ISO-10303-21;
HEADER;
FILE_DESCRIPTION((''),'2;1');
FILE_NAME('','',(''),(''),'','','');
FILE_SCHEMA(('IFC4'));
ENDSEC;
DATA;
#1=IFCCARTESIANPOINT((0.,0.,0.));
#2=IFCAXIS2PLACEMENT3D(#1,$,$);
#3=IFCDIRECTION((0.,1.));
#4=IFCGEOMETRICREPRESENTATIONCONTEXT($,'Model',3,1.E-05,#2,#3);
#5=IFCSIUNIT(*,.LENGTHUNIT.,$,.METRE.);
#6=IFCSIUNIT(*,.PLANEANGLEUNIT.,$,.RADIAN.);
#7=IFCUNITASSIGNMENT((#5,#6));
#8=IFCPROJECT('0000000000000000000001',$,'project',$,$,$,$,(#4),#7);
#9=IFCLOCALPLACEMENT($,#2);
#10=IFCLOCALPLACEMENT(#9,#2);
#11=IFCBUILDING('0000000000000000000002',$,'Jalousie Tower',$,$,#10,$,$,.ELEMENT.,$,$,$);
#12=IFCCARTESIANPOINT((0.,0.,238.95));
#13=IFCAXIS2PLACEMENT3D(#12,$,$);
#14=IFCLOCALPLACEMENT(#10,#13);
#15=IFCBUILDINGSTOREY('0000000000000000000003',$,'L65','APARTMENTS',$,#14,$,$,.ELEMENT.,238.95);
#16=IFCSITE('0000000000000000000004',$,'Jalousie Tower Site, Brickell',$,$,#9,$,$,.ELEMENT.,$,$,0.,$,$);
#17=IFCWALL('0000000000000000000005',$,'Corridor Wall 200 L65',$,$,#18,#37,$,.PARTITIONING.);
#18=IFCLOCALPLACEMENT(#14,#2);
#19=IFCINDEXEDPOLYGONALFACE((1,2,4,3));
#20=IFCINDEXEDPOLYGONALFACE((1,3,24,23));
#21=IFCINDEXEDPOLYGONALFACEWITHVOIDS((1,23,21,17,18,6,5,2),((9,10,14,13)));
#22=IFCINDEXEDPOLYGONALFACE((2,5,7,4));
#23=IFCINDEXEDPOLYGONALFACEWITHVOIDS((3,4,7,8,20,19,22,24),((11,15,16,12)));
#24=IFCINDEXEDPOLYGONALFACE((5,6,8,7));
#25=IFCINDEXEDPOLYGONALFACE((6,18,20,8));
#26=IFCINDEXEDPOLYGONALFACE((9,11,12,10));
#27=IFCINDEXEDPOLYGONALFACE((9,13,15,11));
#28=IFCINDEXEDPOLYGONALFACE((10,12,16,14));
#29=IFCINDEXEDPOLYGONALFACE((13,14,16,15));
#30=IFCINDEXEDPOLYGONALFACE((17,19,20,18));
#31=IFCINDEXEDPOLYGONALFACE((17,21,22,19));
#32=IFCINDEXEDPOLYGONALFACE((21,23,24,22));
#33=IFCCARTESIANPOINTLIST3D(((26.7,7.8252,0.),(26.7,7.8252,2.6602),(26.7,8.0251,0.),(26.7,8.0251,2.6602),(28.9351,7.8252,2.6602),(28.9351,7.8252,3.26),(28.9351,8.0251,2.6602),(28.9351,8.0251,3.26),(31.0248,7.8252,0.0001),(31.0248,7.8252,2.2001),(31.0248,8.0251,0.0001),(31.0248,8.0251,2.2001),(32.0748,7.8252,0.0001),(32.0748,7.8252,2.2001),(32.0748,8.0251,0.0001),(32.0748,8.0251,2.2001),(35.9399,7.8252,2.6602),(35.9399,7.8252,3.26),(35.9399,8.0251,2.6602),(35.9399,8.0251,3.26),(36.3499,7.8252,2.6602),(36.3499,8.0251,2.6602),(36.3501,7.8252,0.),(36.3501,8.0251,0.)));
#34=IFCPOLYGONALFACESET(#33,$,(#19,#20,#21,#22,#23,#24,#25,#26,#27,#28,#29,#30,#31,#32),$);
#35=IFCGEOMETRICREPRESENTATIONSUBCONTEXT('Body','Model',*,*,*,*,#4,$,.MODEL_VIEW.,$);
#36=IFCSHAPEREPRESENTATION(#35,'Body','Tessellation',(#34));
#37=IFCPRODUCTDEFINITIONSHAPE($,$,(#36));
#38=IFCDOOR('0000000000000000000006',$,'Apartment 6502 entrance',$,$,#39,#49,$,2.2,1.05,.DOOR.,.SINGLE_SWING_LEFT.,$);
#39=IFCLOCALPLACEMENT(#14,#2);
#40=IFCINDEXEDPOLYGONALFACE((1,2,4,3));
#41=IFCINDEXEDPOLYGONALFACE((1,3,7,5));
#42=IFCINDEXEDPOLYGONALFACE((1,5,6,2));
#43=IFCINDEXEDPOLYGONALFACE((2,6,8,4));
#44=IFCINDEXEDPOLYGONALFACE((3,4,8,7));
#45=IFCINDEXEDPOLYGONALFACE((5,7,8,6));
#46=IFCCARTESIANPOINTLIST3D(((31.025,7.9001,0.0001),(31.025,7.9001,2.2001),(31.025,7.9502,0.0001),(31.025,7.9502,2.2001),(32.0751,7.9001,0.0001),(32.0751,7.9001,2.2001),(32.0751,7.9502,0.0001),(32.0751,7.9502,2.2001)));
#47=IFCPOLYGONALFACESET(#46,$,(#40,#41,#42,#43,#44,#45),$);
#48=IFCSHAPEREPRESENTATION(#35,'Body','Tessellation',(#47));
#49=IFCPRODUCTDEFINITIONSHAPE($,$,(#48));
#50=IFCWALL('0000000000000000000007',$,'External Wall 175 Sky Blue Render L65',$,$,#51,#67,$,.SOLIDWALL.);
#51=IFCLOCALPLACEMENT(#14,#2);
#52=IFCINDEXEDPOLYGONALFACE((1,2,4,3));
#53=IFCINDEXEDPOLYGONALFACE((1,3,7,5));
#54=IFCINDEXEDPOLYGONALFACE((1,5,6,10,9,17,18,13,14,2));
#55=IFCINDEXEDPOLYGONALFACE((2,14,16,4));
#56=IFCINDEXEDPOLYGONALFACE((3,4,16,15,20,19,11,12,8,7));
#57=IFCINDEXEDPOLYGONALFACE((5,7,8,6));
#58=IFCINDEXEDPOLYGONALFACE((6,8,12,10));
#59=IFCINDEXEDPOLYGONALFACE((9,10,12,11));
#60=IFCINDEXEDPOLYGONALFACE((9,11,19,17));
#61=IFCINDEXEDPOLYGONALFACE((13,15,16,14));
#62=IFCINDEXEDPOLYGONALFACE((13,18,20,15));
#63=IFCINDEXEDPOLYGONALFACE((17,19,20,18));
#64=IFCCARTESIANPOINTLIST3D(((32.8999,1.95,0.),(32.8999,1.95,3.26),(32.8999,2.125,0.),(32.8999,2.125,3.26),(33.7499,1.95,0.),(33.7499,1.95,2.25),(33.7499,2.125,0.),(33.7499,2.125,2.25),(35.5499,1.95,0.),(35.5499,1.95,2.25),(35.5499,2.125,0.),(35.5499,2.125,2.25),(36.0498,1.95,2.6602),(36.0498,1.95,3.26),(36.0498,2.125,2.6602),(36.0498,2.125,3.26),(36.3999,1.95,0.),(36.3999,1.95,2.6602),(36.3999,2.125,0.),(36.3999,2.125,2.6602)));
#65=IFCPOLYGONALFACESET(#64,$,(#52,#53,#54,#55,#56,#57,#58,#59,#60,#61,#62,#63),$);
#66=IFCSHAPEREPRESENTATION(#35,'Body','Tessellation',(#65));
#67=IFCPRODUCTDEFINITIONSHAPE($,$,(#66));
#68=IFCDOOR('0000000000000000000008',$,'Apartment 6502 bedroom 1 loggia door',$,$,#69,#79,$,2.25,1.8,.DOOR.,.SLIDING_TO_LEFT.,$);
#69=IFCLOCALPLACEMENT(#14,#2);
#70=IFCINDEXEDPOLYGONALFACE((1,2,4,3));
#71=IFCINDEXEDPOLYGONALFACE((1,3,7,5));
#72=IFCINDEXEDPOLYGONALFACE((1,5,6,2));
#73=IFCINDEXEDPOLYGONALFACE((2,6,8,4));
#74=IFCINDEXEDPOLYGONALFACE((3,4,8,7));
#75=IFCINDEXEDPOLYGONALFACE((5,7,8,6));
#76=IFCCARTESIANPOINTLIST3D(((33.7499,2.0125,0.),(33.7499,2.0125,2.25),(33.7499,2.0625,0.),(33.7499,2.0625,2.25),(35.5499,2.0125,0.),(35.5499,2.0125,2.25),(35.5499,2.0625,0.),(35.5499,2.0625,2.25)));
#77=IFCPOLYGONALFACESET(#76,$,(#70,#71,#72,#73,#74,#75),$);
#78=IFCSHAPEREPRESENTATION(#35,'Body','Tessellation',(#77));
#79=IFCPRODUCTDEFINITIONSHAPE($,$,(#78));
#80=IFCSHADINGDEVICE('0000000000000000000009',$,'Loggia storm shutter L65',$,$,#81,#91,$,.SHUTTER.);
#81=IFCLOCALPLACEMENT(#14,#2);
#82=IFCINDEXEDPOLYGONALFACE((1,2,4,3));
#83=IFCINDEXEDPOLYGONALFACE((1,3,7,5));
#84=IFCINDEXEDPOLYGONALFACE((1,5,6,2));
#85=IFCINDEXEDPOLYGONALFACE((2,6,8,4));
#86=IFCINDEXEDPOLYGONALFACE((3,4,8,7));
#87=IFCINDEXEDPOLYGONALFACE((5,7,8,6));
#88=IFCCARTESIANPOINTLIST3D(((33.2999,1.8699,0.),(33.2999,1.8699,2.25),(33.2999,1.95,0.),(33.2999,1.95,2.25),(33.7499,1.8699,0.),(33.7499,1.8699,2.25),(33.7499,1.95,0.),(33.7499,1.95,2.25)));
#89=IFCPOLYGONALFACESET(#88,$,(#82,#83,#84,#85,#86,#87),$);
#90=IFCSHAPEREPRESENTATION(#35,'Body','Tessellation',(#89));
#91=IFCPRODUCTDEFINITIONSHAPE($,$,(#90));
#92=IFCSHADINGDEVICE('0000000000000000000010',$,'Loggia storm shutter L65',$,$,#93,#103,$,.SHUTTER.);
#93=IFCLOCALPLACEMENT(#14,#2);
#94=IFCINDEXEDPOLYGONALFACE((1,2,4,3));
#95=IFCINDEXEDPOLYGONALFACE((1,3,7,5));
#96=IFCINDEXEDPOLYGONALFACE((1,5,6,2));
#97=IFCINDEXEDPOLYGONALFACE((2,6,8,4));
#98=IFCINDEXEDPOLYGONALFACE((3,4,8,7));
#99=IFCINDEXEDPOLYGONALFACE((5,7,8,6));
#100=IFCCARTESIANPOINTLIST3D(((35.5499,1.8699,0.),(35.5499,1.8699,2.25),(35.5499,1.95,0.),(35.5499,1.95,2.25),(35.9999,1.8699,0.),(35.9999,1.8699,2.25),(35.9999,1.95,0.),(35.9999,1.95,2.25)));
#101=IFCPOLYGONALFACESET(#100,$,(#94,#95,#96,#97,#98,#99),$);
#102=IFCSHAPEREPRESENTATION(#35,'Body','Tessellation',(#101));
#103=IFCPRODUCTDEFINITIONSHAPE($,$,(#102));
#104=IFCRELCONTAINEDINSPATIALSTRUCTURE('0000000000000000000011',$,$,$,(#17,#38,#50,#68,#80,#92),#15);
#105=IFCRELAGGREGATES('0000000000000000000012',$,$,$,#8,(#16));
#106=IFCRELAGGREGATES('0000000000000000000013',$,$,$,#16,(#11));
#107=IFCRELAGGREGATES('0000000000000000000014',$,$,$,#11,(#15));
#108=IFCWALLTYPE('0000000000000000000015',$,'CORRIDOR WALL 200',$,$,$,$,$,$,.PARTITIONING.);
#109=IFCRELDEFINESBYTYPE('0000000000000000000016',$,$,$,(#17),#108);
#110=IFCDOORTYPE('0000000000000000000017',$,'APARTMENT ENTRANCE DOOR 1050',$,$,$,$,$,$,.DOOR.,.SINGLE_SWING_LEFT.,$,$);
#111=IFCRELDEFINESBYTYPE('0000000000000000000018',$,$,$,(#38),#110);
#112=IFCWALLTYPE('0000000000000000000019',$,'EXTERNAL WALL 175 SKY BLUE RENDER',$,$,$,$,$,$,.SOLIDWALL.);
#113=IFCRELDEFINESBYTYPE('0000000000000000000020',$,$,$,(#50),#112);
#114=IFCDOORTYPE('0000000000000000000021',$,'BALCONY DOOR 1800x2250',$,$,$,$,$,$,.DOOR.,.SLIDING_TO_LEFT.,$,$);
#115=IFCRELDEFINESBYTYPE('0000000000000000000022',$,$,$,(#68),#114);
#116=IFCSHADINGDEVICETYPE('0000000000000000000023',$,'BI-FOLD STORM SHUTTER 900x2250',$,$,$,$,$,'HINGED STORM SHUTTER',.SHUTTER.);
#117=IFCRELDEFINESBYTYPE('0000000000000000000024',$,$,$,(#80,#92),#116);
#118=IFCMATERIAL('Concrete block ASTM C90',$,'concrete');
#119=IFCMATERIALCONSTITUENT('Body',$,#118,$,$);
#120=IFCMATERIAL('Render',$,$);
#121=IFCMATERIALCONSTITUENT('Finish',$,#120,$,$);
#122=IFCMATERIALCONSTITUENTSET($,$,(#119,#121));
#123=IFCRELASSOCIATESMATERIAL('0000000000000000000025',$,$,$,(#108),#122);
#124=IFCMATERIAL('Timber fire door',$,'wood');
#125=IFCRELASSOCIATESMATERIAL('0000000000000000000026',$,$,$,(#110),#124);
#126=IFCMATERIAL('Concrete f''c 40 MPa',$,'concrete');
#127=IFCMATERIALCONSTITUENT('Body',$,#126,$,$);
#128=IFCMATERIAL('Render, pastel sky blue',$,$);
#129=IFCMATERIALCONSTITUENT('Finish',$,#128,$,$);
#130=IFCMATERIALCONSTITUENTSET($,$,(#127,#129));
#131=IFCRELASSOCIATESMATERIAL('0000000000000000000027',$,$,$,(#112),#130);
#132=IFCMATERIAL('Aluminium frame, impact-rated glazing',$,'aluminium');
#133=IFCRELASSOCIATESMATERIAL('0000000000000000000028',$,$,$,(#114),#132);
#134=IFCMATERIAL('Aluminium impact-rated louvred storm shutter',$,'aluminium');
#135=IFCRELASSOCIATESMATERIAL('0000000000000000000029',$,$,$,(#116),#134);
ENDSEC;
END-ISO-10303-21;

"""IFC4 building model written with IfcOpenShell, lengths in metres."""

from ifc_helpers import new_model, si_unit, direction, frame, frame_2d, origin, origin_2d, place, context, subcontext, project, spatial, polyline, rectangle, outline, extrude, material, constituent, constituent_set, type_object, element, fill, save


model = new_model("IFC4")

# Units and contexts
model_context = context("Model", 3, precision=1e-05, world=origin(), true_north=direction((0.0, 1.0)))
body_context = subcontext(model_context, "Body", "Model", "MODEL_VIEW")
ifc_project = project(units=[si_unit("LENGTHUNIT", "METRE"), si_unit("PLANEANGLEUNIT", "RADIAN")], contexts=[model_context])

# Site, building, storey
site_placement = place(None, origin())
site = spatial("IfcSite", under=ifc_project, at=site_placement, Name="Jalousie Tower Site, Brickell", CompositionType="ELEMENT", RefElevation=0.0)
building_placement = place(site_placement, origin())
building = spatial("IfcBuilding", under=site, at=building_placement, Name="Jalousie Tower", CompositionType="ELEMENT")
storey_placement = place(building_placement, frame((0.0, 0.0, 238.95)))
storey = spatial("IfcBuildingStorey", under=building, at=storey_placement, Name="L65", Description="APARTMENTS", CompositionType="ELEMENT", Elevation=238.95)

# Walls, openings, doors
ifc_material_1 = material(Name="Concrete block ASTM C90", Category="concrete")
ifc_constituent_1 = constituent(ifc_material_1, Name="Body")
ifc_material_2 = material(Name="Render")
ifc_constituent_2 = constituent(ifc_material_2, Name="Finish")
ifc_constituent_set_1 = constituent_set(constituents=[ifc_constituent_1, ifc_constituent_2])
wall_type_1 = type_object("IfcWallType", Name="CORRIDOR WALL 200", PredefinedType="PARTITIONING", material=ifc_constituent_set_1)
wall_1_placement = place(storey_placement, frame((26.7, 7.925, 0.0), z_axis=(0.0, 0.0, 1.0), x_axis=(1.0, 0.0, 0.0)))
wall_1 = element("IfcWall", 1, at=wall_1_placement, inside=storey, type_object=wall_type_1, Name="Corridor Wall 200 L65", PredefinedType="PARTITIONING", context=body_context, shape_type="SweptSolid", body=[
    extrude(outline(polyline([(0.0, 0.0), (9.6501, 0.0), (9.6499, 3.26), (9.6499, 2.6602), (9.24, 2.6602), (9.24, 3.26), (2.2351, 3.26), (2.2351, 2.6602), (0.0, 2.6602), (0.0, 3.26), (0.0, 0.0)])), frame((0.0, 0.1001, 0.0), z_axis=(0.0, -1.0, 0.0), x_axis=(1.0, 0.0, 0.0)), (0.0, 0.0, 1.0), 0.2),
])
opening_1_placement = place(wall_1_placement, frame((4.325, 0.0, 0.0)))
opening_1 = element("IfcOpeningElement", 2, at=opening_1_placement, cuts=wall_1, PredefinedType="OPENING", context=body_context, shape_type="SweptSolid", body=[
    extrude(rectangle(XDim=1.05, YDim=2.2, at=frame_2d((0.5249, 1.1001))), frame((0.0, 0.1099, 0.0), z_axis=(0.0, -1.0, 0.0), x_axis=(1.0, 0.0, 0.0)), (0.0, 0.0, 1.0), 0.22),
])
ifc_material_3 = material(Name="Timber fire door", Category="wood")
door_type_1 = type_object("IfcDoorType", Name="APARTMENT ENTRANCE DOOR 1050", OperationType="SINGLE_SWING_LEFT", PredefinedType="DOOR", material=ifc_material_3)
door_1_placement = place(opening_1_placement, frame((1.05, 0.0, 0.0), z_axis=(0.0, 0.0, 1.0), x_axis=(-1.0, 0.0, 0.0)))
door_1 = element("IfcDoor", 3, at=door_1_placement, inside=storey, type_object=door_type_1, Name="Apartment 6502 entrance", OperationType="SINGLE_SWING_LEFT", OverallHeight=2.2, OverallWidth=1.05, PredefinedType="DOOR", context=body_context, shape_type="SweptSolid", body=[
    extrude(rectangle(XDim=1.05, YDim=2.2, at=frame_2d((0.5249, 1.1001))), frame((0.0, 0.0249, 0.0), z_axis=(0.0, -1.0, 0.0), x_axis=(1.0, 0.0, 0.0)), (0.0, 0.0, 1.0), 0.05),
])
fill(opening_1, door_1)
ifc_material_4 = material(Name="Concrete f'c 40 MPa", Category="concrete")
ifc_constituent_3 = constituent(ifc_material_4, Name="Body")
ifc_material_5 = material(Name="Render, pastel sky blue")
ifc_constituent_4 = constituent(ifc_material_5, Name="Finish")
ifc_constituent_set_2 = constituent_set(constituents=[ifc_constituent_3, ifc_constituent_4])
wall_type_2 = type_object("IfcWallType", Name="EXTERNAL WALL 175 SKY BLUE RENDER", PredefinedType="SOLIDWALL", material=ifc_constituent_set_2)
wall_2_placement = place(storey_placement, frame((32.8999, 2.0376, 0.0), z_axis=(0.0, 0.0, 1.0), x_axis=(1.0, 0.0, 0.0)))
wall_2 = element("IfcWall", 4, at=wall_2_placement, inside=storey, type_object=wall_type_2, Name="External Wall 175 Sky Blue Render L65", PredefinedType="SOLIDWALL", context=body_context, shape_type="SweptSolid", body=[
    extrude(outline(polyline([(0.0, 0.0), (3.5, 0.0), (3.5, 2.6602), (3.1499, 2.6602), (3.1499, 3.26), (0.0, 3.26), (0.0, 0.0)])), frame((0.0, 0.0874, 0.0), z_axis=(0.0, -1.0, 0.0), x_axis=(1.0, 0.0, 0.0)), (0.0, 0.0, 1.0), 0.175),
])
opening_2_placement = place(wall_2_placement, frame((0.8501, 0.0, 0.0)))
opening_2 = element("IfcOpeningElement", 5, at=opening_2_placement, cuts=wall_2, PredefinedType="OPENING", context=body_context, shape_type="SweptSolid", body=[
    extrude(rectangle(XDim=1.8, YDim=2.25, at=frame_2d((0.8999, 1.125))), frame((0.0, 0.0974, 0.0), z_axis=(0.0, -1.0, 0.0), x_axis=(1.0, 0.0, 0.0)), (0.0, 0.0, 1.0), 0.1951),
])
ifc_material_6 = material(Name="Aluminium frame, impact-rated glazing", Category="aluminium")
door_type_2 = type_object("IfcDoorType", Name="BALCONY DOOR 1800x2250", OperationType="SLIDING_TO_LEFT", PredefinedType="DOOR", material=ifc_material_6)
door_2_placement = place(opening_2_placement, origin())
door_2 = element("IfcDoor", 6, at=door_2_placement, inside=storey, type_object=door_type_2, Name="Apartment 6502 bedroom 1 loggia door", OperationType="SLIDING_TO_LEFT", OverallHeight=2.25, OverallWidth=1.8, PredefinedType="DOOR", context=body_context, shape_type="SweptSolid", body=[
    extrude(rectangle(XDim=1.8, YDim=2.25, at=frame_2d((0.8999, 1.125))), frame((0.0, 0.0249, 0.0), z_axis=(0.0, -1.0, 0.0), x_axis=(1.0, 0.0, 0.0)), (0.0, 0.0, 1.0), 0.05),
])
fill(opening_2, door_2)

# Shading devices
ifc_material_7 = material(Name="Aluminium impact-rated louvred storm shutter", Category="aluminium")
shading_device_type = type_object("IfcShadingDeviceType", Name="BI-FOLD STORM SHUTTER 900x2250", ElementType="HINGED STORM SHUTTER", PredefinedType="SHUTTER", material=ifc_material_7)
for number, where, z_axis, x_axis, name in (
    (7, (33.5249, 1.9099, 0.0), (0.0, 0.0, 1.0), (1.0, 0.0, 0.0), "Loggia storm shutter L65"),
    (8, (35.7749, 1.9099, 0.0), (0.0, 0.0, 1.0), (1.0, 0.0, 0.0), "Loggia storm shutter L65"),
):
    element("IfcShadingDevice", number, at=place(storey_placement, frame(where, z_axis=z_axis, x_axis=x_axis)), inside=storey, type_object=shading_device_type, Name=name, PredefinedType="SHUTTER", context=body_context, shape_type="SweptSolid", body=[
        extrude(rectangle(XDim=0.45, YDim=0.0801, at=origin_2d()), origin(), (0.0, 0.0, 1.0), 2.25),
    ])

save(model, "model.ifc")
